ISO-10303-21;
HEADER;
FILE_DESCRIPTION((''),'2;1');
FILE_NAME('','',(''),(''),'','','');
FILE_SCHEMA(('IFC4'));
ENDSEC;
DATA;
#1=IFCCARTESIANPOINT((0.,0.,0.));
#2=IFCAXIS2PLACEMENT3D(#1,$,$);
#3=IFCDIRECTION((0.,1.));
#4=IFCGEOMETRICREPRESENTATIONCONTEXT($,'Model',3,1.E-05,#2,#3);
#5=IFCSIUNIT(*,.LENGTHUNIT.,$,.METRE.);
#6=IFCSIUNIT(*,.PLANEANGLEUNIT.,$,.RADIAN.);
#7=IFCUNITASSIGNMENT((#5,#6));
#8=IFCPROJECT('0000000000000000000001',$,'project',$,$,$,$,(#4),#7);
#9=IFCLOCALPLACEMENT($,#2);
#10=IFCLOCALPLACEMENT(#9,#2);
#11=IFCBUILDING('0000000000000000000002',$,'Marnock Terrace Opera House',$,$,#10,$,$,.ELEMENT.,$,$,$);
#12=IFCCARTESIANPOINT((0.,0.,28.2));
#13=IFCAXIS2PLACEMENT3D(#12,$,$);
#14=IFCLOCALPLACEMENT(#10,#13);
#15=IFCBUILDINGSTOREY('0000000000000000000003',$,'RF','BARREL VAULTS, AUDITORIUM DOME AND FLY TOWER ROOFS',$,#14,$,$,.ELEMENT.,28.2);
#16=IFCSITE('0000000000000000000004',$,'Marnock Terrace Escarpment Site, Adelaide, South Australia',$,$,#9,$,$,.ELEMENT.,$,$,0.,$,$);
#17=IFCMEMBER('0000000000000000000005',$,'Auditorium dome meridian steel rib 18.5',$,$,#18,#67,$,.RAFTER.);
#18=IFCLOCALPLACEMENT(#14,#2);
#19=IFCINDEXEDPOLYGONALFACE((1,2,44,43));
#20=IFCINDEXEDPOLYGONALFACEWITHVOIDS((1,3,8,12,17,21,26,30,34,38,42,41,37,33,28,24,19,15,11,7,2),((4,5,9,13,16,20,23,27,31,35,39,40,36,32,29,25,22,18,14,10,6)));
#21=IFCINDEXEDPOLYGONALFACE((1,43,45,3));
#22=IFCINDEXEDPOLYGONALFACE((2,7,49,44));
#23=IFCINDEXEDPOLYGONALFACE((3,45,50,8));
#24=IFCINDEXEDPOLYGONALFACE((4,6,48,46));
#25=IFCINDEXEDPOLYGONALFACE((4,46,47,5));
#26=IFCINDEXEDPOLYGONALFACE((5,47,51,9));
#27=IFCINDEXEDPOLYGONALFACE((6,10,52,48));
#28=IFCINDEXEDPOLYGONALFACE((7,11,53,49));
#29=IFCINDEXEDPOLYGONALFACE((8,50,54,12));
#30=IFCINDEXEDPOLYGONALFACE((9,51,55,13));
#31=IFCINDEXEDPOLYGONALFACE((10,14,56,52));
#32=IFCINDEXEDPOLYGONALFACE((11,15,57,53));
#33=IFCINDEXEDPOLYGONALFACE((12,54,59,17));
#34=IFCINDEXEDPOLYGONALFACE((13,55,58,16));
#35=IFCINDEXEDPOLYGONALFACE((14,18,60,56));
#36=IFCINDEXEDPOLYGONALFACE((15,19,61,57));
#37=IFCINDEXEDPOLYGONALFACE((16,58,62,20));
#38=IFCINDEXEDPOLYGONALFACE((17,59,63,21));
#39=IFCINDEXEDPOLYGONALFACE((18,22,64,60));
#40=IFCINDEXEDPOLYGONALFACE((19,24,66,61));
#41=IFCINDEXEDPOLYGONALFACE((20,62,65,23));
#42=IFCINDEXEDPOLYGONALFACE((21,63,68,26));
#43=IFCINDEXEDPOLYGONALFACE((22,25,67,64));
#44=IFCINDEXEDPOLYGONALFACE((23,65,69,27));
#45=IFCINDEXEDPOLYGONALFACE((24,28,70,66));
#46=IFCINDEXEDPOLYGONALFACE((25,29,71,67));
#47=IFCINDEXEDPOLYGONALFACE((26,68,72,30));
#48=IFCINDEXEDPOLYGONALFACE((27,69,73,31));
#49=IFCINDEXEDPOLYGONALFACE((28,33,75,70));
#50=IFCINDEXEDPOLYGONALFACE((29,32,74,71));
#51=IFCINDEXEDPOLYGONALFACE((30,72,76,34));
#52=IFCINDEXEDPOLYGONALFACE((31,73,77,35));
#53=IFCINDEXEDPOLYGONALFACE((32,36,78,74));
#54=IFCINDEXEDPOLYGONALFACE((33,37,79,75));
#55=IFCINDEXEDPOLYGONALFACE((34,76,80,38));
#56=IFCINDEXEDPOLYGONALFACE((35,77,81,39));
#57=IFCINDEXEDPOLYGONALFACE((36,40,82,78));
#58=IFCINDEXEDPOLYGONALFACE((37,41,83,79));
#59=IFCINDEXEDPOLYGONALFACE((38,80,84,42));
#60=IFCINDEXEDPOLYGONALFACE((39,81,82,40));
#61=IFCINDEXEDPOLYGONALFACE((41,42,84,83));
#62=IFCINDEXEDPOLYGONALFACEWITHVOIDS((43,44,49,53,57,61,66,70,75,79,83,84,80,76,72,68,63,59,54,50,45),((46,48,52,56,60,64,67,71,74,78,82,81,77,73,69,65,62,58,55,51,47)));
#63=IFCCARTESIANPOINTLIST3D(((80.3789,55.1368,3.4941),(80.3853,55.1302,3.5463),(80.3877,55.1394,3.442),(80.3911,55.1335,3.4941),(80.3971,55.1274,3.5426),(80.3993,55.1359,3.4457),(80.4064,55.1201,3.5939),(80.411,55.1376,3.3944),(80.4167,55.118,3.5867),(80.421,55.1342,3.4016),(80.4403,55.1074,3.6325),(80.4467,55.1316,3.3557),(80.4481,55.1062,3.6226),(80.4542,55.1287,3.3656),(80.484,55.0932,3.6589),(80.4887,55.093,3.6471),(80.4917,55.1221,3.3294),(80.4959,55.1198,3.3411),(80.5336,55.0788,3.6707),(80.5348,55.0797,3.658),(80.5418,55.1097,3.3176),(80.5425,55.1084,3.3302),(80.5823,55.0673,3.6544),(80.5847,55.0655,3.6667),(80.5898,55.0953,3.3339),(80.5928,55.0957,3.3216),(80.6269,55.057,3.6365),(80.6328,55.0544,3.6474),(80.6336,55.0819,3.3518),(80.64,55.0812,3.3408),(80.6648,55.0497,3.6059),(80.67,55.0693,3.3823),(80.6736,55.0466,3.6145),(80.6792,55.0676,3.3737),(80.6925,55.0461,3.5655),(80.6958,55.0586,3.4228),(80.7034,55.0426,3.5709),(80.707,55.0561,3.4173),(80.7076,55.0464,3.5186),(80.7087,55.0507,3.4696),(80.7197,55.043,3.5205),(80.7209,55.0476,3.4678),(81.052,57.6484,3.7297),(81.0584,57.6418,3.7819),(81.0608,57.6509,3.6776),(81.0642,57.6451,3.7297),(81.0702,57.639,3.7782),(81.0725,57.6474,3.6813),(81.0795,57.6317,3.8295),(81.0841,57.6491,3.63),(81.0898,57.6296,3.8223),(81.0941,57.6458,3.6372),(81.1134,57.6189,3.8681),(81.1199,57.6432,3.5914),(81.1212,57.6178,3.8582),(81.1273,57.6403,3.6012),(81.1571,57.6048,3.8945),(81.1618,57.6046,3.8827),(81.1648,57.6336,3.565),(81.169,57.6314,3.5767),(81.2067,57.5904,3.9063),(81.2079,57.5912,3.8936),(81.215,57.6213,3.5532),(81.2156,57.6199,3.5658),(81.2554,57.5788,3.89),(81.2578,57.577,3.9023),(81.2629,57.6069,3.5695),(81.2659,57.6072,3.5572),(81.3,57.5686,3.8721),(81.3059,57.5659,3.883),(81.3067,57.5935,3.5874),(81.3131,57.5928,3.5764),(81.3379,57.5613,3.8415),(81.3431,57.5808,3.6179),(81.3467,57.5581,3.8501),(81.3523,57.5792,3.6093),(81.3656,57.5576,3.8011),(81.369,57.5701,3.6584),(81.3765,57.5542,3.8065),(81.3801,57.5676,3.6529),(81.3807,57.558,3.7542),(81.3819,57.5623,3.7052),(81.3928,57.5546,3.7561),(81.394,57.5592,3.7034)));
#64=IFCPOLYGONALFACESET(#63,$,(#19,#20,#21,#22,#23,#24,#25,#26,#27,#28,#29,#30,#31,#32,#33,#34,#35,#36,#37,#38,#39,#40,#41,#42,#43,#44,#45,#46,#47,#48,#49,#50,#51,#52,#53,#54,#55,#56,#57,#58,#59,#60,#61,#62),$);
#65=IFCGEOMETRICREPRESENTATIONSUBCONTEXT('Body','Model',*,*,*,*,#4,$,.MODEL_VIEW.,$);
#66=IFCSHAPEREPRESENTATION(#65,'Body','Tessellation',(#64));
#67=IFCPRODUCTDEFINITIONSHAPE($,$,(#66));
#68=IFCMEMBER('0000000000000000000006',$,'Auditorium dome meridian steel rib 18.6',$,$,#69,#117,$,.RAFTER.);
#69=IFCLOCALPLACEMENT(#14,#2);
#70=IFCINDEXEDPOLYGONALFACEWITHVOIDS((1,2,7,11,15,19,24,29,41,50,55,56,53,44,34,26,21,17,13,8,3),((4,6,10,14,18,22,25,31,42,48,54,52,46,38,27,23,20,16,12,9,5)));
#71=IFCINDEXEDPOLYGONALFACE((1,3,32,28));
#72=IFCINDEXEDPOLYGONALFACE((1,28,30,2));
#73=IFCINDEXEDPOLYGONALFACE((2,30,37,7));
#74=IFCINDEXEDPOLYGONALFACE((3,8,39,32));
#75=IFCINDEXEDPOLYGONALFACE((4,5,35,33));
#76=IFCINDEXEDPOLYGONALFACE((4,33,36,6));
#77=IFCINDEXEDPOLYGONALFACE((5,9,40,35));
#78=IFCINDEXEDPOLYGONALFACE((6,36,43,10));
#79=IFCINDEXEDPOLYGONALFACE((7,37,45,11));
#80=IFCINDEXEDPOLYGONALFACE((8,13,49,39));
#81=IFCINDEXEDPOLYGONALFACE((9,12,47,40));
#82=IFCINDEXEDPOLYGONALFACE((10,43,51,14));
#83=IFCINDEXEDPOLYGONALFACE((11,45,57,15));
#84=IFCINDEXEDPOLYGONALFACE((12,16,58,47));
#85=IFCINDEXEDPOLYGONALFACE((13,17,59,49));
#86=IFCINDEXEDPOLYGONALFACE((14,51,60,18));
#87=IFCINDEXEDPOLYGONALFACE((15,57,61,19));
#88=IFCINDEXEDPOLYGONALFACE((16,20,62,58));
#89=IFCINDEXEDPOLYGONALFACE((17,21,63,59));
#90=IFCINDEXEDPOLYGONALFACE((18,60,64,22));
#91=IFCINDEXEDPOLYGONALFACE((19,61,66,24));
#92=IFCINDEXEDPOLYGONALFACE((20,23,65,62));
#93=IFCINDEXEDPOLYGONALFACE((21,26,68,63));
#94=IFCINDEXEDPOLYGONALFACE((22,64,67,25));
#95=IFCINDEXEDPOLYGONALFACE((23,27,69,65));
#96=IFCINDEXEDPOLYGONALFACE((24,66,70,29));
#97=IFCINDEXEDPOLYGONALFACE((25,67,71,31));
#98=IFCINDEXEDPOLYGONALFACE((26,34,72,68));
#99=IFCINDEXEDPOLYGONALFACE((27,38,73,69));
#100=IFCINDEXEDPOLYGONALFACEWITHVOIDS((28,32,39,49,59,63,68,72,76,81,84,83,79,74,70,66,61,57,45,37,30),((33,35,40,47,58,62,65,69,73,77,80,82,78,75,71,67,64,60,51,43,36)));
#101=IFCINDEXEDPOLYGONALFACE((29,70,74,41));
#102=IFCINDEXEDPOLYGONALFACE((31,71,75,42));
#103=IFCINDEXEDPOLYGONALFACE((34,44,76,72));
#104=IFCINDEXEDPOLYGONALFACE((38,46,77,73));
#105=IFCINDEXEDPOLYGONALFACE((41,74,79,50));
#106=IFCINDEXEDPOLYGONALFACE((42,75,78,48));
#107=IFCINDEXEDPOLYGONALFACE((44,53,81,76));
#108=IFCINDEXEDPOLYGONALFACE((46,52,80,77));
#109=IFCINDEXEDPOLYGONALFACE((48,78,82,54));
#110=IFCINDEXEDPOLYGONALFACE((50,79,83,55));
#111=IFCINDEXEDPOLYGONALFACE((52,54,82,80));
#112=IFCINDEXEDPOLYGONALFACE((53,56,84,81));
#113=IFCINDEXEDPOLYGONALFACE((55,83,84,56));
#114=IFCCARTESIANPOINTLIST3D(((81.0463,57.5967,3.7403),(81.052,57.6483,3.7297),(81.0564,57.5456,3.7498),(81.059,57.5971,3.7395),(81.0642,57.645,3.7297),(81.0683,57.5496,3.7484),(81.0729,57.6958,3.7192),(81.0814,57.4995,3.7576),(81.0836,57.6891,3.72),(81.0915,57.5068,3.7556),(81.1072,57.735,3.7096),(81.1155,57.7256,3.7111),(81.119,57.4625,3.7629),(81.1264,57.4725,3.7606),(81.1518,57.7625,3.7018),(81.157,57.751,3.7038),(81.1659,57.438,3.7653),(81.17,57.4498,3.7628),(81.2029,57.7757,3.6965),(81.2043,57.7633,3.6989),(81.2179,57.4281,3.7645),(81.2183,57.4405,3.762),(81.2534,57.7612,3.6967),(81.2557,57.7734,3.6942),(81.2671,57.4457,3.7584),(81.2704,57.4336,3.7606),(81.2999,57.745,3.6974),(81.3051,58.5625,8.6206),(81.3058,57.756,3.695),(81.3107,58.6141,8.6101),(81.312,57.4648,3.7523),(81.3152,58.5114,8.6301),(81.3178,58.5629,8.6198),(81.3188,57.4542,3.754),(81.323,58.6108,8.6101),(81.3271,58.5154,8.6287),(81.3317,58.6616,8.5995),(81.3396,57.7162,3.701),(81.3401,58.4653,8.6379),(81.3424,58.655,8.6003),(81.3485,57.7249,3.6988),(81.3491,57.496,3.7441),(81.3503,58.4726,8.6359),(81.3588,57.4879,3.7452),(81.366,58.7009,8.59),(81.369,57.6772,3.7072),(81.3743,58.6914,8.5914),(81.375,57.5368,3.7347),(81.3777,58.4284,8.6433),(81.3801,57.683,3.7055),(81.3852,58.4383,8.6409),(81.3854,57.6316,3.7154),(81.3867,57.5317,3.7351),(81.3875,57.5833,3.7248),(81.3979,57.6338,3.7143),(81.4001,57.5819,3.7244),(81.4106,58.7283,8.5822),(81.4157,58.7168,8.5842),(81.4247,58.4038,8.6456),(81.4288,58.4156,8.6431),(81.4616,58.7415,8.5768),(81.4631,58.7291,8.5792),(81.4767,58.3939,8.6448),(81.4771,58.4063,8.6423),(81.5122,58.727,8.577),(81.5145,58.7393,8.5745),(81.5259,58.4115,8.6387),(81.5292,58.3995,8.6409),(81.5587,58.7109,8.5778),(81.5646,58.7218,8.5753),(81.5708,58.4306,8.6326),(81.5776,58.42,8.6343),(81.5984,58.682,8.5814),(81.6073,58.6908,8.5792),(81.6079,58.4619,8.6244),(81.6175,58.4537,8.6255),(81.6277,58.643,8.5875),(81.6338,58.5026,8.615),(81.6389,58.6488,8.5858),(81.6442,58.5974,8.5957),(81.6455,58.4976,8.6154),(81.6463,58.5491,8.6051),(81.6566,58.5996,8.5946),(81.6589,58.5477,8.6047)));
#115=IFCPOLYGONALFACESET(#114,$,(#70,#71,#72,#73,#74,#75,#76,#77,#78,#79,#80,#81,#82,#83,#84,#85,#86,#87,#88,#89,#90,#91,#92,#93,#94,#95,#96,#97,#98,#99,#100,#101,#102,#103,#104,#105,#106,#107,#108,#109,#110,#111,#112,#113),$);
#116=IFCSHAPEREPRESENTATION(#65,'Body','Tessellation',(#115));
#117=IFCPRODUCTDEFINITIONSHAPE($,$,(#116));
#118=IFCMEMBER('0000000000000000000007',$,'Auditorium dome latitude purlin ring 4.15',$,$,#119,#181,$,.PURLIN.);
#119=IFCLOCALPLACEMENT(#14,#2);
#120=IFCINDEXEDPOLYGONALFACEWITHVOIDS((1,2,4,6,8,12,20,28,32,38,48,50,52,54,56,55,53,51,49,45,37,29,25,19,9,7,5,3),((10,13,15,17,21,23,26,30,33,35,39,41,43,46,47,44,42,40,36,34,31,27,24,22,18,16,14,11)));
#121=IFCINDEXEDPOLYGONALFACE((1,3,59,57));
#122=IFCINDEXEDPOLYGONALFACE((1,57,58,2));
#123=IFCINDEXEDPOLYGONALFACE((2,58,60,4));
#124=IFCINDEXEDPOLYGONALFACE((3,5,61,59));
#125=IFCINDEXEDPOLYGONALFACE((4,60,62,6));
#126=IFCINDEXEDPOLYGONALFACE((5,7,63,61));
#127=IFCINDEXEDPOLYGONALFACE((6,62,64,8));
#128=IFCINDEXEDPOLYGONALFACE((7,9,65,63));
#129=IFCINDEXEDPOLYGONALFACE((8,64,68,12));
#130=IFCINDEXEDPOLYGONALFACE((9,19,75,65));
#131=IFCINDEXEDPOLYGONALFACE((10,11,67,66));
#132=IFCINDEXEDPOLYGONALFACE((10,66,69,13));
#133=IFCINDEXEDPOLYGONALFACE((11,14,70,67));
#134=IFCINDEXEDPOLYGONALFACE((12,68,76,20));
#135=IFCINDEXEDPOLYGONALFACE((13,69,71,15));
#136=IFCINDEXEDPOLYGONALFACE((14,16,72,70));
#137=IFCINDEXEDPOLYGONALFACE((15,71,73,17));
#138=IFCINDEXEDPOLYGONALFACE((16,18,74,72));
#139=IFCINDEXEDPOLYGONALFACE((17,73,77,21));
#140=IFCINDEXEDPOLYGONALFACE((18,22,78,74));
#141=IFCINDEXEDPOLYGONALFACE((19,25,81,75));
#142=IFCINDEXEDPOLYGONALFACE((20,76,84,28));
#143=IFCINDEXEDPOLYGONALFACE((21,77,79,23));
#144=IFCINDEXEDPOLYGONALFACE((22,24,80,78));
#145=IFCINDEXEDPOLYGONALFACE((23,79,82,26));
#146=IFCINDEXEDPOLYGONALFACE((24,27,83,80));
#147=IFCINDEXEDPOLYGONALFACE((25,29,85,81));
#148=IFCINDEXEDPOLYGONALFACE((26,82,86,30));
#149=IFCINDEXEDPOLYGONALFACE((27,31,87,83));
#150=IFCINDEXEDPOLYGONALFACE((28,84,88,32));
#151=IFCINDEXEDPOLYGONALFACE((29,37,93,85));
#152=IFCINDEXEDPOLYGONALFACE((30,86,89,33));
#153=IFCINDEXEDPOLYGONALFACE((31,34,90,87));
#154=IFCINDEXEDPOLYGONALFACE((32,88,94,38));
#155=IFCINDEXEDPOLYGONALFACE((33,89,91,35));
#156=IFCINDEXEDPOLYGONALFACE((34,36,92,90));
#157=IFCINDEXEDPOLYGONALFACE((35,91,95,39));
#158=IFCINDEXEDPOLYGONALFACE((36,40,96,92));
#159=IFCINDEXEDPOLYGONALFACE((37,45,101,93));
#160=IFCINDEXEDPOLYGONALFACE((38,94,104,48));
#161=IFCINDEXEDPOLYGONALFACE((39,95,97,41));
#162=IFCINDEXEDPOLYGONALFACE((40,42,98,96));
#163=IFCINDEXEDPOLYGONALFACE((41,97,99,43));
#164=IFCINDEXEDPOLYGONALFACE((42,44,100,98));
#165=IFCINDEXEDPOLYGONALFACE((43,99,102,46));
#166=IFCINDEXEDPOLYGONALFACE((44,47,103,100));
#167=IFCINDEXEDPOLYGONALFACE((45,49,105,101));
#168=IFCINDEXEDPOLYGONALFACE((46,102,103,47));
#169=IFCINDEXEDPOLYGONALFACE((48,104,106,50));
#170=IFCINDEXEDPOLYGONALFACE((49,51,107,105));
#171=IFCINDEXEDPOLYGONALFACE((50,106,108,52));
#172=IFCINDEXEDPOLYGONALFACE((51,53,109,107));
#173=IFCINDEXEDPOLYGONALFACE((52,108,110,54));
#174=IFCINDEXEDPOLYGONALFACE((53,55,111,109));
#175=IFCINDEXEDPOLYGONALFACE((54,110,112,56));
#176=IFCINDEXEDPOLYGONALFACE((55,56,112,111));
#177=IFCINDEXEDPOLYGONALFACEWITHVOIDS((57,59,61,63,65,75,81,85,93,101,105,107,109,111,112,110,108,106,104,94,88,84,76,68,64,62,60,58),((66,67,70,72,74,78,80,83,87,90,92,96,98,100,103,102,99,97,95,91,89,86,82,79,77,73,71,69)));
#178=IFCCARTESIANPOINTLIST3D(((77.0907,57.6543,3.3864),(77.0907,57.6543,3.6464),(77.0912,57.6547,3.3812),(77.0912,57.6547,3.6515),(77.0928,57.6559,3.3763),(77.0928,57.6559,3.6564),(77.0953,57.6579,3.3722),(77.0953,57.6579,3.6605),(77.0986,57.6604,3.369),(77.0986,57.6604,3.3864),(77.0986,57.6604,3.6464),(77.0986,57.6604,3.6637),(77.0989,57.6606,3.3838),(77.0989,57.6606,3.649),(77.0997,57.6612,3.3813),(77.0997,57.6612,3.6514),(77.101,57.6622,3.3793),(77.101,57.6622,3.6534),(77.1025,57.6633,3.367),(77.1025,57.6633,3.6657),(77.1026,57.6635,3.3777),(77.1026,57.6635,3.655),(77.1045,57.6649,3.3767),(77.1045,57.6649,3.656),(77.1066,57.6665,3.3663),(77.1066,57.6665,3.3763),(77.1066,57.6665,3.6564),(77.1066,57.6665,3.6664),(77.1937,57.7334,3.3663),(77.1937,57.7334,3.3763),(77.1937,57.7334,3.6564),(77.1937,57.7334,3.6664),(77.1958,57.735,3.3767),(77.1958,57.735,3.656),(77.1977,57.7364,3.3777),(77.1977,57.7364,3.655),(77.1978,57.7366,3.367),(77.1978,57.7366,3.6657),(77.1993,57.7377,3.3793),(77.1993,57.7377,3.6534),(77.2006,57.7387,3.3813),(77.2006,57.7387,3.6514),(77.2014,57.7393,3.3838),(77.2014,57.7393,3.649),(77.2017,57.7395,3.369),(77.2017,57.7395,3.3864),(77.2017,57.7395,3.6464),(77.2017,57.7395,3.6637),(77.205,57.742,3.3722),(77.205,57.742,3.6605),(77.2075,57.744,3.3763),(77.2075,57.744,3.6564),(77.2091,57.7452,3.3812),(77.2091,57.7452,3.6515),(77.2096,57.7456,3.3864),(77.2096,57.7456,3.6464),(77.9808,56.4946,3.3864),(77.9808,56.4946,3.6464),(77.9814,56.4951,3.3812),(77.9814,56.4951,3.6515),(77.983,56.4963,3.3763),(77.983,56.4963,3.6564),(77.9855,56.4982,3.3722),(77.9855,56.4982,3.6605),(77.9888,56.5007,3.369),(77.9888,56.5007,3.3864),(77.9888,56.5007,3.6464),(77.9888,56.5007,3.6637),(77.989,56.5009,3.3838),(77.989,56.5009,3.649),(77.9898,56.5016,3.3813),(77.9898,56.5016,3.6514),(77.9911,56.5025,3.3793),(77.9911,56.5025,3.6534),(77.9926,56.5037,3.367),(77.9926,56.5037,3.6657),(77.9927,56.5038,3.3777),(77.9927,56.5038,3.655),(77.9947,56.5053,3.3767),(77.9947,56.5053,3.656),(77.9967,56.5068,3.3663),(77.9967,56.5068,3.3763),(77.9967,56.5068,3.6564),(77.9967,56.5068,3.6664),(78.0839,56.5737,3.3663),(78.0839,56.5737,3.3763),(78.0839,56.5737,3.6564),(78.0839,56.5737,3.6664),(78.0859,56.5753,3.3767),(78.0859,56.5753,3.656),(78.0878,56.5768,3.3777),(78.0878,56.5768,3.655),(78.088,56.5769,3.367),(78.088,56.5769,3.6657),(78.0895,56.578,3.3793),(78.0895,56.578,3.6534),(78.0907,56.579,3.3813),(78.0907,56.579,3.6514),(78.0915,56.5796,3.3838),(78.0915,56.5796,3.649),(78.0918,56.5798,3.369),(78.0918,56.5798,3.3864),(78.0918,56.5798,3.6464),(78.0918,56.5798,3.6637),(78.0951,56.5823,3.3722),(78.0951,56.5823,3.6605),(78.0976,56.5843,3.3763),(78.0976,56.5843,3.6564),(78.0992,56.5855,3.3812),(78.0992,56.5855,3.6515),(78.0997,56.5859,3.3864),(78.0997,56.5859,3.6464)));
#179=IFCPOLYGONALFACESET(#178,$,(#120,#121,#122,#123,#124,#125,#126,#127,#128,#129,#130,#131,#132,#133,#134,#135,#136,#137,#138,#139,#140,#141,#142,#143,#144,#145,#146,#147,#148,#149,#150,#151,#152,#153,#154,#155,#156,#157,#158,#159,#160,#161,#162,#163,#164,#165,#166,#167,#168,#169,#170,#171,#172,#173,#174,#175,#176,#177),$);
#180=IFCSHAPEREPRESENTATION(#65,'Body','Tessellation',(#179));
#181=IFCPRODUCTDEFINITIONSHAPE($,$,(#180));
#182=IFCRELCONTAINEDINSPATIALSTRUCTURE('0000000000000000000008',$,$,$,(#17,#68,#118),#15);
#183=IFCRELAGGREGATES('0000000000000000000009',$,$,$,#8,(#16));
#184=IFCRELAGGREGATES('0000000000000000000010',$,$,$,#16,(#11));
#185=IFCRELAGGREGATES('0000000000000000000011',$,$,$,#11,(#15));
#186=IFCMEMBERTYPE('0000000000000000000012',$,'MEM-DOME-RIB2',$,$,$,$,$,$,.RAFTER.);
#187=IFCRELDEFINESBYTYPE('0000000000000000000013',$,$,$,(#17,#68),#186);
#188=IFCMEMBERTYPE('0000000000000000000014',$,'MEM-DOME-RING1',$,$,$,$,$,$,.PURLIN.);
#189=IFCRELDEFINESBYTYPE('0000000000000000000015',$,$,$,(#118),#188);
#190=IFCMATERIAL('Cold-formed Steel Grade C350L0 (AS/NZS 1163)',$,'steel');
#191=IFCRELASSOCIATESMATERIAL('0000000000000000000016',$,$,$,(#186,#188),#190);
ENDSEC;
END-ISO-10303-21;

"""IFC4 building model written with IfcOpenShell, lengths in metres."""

from ifc_helpers import new_model, si_unit, direction, frame, origin, origin_2d, place, context, subcontext, project, spatial, hollow_rectangle, hollow_circle, extrude, material, material_profile, profile_set, type_object, element, save


model = new_model("IFC4")

# Units and contexts
model_context = context("Model", 3, precision=1e-05, world=origin(), true_north=direction((0.0, 1.0)))
body_context = subcontext(model_context, "Body", "Model", "MODEL_VIEW")
ifc_project = project(units=[si_unit("LENGTHUNIT", "METRE"), si_unit("PLANEANGLEUNIT", "RADIAN")], contexts=[model_context])

# Site, building, storey
site_placement = place(None, origin())
site = spatial("IfcSite", under=ifc_project, at=site_placement, Name="Marnock Terrace Escarpment Site, Adelaide, South Australia", CompositionType="ELEMENT", RefElevation=0.0)
building_placement = place(site_placement, origin())
building = spatial("IfcBuilding", under=site, at=building_placement, Name="Marnock Terrace Opera House", CompositionType="ELEMENT")
storey_placement = place(building_placement, frame((0.0, 0.0, 28.2)))
storey = spatial("IfcBuildingStorey", under=building, at=storey_placement, Name="RF", Description="BARREL VAULTS, AUDITORIUM DOME AND FLY TOWER ROOFS", CompositionType="ELEMENT", Elevation=28.2)

# Members
ifc_material_1 = material(Name="Cold-formed Steel Grade C350L0 (AS/NZS 1163)", Category="steel")
ifc_material_profile_1 = material_profile(ifc_material_1, hollow_circle(Radius=0.1777, WallThickness=0.0127, at=origin_2d()))
ifc_profile_set_1 = profile_set([ifc_material_profile_1], Name="Cold-formed Steel Grade C350L0 (AS/NZS 1163)")
member_type_1 = type_object("IfcMemberType", Name="MEM-DOME-RIB2", PredefinedType="RAFTER", material=ifc_profile_set_1)
member_1_placement = place(storey_placement, frame((80.5505, 55.0908, 3.4941), z_axis=(0.257816, 0.961971, 0.09024), x_axis=(-0.965912, 0.258872, 0.0)))
element("IfcMember", 1, at=member_1_placement, inside=storey, type_object=member_type_1, Name="Auditorium dome meridian steel rib 18.5", PredefinedType="RAFTER", context=body_context, shape_type="SweptSolid", body=[
    extrude(hollow_circle(Radius=0.1777, WallThickness=0.0127, at=origin_2d()), origin(), (0.0, 0.0, 1.0), 2.6108),
])
member_2_placement = place(storey_placement, frame((81.2236, 57.6023, 3.7297), z_axis=(0.051947, 0.193872, 0.979651), x_axis=(-0.965926, 0.258817, 0.0)))
element("IfcMember", 2, at=member_2_placement, inside=storey, type_object=member_type_1, Name="Auditorium dome meridian steel rib 18.6", PredefinedType="RAFTER", context=body_context, shape_type="SweptSolid", body=[
    extrude(hollow_circle(Radius=0.1777, WallThickness=0.0127, at=origin_2d()), origin(), (0.0, 0.0, 1.0), 4.9817),
])
ifc_material_profile_2 = material_profile(ifc_material_1, hollow_rectangle(XDim=0.1499, YDim=0.3, WallThickness=0.01, InnerFilletRadius=0.01, OuterFilletRadius=0.02, at=origin_2d()))
ifc_profile_set_2 = profile_set([ifc_material_profile_2], Name="Cold-formed Steel Grade C350L0 (AS/NZS 1163)")
member_type_2 = type_object("IfcMemberType", Name="MEM-DOME-RING1", PredefinedType="PURLIN", material=ifc_profile_set_2)
for number, where, z_axis, x_axis, name in (
    (3, (77.1501, 57.7, 3.5164), (0.608887, -0.793257, 0.0), (0.793257, 0.608887, 0.0), "Auditorium dome latitude purlin ring 4.15"),
):
    element("IfcMember", number, at=place(storey_placement, frame(where, z_axis=z_axis, x_axis=x_axis)), inside=storey, type_object=member_type_2, Name=name, PredefinedType="PURLIN", context=body_context, shape_type="SweptSolid", body=[
        extrude(hollow_rectangle(XDim=0.1499, YDim=0.3, WallThickness=0.01, InnerFilletRadius=0.01, OuterFilletRadius=0.02, at=origin_2d()), origin(), (0.0, 0.0, 1.0), 1.4619),
    ])

save(model, "model.ifc")
